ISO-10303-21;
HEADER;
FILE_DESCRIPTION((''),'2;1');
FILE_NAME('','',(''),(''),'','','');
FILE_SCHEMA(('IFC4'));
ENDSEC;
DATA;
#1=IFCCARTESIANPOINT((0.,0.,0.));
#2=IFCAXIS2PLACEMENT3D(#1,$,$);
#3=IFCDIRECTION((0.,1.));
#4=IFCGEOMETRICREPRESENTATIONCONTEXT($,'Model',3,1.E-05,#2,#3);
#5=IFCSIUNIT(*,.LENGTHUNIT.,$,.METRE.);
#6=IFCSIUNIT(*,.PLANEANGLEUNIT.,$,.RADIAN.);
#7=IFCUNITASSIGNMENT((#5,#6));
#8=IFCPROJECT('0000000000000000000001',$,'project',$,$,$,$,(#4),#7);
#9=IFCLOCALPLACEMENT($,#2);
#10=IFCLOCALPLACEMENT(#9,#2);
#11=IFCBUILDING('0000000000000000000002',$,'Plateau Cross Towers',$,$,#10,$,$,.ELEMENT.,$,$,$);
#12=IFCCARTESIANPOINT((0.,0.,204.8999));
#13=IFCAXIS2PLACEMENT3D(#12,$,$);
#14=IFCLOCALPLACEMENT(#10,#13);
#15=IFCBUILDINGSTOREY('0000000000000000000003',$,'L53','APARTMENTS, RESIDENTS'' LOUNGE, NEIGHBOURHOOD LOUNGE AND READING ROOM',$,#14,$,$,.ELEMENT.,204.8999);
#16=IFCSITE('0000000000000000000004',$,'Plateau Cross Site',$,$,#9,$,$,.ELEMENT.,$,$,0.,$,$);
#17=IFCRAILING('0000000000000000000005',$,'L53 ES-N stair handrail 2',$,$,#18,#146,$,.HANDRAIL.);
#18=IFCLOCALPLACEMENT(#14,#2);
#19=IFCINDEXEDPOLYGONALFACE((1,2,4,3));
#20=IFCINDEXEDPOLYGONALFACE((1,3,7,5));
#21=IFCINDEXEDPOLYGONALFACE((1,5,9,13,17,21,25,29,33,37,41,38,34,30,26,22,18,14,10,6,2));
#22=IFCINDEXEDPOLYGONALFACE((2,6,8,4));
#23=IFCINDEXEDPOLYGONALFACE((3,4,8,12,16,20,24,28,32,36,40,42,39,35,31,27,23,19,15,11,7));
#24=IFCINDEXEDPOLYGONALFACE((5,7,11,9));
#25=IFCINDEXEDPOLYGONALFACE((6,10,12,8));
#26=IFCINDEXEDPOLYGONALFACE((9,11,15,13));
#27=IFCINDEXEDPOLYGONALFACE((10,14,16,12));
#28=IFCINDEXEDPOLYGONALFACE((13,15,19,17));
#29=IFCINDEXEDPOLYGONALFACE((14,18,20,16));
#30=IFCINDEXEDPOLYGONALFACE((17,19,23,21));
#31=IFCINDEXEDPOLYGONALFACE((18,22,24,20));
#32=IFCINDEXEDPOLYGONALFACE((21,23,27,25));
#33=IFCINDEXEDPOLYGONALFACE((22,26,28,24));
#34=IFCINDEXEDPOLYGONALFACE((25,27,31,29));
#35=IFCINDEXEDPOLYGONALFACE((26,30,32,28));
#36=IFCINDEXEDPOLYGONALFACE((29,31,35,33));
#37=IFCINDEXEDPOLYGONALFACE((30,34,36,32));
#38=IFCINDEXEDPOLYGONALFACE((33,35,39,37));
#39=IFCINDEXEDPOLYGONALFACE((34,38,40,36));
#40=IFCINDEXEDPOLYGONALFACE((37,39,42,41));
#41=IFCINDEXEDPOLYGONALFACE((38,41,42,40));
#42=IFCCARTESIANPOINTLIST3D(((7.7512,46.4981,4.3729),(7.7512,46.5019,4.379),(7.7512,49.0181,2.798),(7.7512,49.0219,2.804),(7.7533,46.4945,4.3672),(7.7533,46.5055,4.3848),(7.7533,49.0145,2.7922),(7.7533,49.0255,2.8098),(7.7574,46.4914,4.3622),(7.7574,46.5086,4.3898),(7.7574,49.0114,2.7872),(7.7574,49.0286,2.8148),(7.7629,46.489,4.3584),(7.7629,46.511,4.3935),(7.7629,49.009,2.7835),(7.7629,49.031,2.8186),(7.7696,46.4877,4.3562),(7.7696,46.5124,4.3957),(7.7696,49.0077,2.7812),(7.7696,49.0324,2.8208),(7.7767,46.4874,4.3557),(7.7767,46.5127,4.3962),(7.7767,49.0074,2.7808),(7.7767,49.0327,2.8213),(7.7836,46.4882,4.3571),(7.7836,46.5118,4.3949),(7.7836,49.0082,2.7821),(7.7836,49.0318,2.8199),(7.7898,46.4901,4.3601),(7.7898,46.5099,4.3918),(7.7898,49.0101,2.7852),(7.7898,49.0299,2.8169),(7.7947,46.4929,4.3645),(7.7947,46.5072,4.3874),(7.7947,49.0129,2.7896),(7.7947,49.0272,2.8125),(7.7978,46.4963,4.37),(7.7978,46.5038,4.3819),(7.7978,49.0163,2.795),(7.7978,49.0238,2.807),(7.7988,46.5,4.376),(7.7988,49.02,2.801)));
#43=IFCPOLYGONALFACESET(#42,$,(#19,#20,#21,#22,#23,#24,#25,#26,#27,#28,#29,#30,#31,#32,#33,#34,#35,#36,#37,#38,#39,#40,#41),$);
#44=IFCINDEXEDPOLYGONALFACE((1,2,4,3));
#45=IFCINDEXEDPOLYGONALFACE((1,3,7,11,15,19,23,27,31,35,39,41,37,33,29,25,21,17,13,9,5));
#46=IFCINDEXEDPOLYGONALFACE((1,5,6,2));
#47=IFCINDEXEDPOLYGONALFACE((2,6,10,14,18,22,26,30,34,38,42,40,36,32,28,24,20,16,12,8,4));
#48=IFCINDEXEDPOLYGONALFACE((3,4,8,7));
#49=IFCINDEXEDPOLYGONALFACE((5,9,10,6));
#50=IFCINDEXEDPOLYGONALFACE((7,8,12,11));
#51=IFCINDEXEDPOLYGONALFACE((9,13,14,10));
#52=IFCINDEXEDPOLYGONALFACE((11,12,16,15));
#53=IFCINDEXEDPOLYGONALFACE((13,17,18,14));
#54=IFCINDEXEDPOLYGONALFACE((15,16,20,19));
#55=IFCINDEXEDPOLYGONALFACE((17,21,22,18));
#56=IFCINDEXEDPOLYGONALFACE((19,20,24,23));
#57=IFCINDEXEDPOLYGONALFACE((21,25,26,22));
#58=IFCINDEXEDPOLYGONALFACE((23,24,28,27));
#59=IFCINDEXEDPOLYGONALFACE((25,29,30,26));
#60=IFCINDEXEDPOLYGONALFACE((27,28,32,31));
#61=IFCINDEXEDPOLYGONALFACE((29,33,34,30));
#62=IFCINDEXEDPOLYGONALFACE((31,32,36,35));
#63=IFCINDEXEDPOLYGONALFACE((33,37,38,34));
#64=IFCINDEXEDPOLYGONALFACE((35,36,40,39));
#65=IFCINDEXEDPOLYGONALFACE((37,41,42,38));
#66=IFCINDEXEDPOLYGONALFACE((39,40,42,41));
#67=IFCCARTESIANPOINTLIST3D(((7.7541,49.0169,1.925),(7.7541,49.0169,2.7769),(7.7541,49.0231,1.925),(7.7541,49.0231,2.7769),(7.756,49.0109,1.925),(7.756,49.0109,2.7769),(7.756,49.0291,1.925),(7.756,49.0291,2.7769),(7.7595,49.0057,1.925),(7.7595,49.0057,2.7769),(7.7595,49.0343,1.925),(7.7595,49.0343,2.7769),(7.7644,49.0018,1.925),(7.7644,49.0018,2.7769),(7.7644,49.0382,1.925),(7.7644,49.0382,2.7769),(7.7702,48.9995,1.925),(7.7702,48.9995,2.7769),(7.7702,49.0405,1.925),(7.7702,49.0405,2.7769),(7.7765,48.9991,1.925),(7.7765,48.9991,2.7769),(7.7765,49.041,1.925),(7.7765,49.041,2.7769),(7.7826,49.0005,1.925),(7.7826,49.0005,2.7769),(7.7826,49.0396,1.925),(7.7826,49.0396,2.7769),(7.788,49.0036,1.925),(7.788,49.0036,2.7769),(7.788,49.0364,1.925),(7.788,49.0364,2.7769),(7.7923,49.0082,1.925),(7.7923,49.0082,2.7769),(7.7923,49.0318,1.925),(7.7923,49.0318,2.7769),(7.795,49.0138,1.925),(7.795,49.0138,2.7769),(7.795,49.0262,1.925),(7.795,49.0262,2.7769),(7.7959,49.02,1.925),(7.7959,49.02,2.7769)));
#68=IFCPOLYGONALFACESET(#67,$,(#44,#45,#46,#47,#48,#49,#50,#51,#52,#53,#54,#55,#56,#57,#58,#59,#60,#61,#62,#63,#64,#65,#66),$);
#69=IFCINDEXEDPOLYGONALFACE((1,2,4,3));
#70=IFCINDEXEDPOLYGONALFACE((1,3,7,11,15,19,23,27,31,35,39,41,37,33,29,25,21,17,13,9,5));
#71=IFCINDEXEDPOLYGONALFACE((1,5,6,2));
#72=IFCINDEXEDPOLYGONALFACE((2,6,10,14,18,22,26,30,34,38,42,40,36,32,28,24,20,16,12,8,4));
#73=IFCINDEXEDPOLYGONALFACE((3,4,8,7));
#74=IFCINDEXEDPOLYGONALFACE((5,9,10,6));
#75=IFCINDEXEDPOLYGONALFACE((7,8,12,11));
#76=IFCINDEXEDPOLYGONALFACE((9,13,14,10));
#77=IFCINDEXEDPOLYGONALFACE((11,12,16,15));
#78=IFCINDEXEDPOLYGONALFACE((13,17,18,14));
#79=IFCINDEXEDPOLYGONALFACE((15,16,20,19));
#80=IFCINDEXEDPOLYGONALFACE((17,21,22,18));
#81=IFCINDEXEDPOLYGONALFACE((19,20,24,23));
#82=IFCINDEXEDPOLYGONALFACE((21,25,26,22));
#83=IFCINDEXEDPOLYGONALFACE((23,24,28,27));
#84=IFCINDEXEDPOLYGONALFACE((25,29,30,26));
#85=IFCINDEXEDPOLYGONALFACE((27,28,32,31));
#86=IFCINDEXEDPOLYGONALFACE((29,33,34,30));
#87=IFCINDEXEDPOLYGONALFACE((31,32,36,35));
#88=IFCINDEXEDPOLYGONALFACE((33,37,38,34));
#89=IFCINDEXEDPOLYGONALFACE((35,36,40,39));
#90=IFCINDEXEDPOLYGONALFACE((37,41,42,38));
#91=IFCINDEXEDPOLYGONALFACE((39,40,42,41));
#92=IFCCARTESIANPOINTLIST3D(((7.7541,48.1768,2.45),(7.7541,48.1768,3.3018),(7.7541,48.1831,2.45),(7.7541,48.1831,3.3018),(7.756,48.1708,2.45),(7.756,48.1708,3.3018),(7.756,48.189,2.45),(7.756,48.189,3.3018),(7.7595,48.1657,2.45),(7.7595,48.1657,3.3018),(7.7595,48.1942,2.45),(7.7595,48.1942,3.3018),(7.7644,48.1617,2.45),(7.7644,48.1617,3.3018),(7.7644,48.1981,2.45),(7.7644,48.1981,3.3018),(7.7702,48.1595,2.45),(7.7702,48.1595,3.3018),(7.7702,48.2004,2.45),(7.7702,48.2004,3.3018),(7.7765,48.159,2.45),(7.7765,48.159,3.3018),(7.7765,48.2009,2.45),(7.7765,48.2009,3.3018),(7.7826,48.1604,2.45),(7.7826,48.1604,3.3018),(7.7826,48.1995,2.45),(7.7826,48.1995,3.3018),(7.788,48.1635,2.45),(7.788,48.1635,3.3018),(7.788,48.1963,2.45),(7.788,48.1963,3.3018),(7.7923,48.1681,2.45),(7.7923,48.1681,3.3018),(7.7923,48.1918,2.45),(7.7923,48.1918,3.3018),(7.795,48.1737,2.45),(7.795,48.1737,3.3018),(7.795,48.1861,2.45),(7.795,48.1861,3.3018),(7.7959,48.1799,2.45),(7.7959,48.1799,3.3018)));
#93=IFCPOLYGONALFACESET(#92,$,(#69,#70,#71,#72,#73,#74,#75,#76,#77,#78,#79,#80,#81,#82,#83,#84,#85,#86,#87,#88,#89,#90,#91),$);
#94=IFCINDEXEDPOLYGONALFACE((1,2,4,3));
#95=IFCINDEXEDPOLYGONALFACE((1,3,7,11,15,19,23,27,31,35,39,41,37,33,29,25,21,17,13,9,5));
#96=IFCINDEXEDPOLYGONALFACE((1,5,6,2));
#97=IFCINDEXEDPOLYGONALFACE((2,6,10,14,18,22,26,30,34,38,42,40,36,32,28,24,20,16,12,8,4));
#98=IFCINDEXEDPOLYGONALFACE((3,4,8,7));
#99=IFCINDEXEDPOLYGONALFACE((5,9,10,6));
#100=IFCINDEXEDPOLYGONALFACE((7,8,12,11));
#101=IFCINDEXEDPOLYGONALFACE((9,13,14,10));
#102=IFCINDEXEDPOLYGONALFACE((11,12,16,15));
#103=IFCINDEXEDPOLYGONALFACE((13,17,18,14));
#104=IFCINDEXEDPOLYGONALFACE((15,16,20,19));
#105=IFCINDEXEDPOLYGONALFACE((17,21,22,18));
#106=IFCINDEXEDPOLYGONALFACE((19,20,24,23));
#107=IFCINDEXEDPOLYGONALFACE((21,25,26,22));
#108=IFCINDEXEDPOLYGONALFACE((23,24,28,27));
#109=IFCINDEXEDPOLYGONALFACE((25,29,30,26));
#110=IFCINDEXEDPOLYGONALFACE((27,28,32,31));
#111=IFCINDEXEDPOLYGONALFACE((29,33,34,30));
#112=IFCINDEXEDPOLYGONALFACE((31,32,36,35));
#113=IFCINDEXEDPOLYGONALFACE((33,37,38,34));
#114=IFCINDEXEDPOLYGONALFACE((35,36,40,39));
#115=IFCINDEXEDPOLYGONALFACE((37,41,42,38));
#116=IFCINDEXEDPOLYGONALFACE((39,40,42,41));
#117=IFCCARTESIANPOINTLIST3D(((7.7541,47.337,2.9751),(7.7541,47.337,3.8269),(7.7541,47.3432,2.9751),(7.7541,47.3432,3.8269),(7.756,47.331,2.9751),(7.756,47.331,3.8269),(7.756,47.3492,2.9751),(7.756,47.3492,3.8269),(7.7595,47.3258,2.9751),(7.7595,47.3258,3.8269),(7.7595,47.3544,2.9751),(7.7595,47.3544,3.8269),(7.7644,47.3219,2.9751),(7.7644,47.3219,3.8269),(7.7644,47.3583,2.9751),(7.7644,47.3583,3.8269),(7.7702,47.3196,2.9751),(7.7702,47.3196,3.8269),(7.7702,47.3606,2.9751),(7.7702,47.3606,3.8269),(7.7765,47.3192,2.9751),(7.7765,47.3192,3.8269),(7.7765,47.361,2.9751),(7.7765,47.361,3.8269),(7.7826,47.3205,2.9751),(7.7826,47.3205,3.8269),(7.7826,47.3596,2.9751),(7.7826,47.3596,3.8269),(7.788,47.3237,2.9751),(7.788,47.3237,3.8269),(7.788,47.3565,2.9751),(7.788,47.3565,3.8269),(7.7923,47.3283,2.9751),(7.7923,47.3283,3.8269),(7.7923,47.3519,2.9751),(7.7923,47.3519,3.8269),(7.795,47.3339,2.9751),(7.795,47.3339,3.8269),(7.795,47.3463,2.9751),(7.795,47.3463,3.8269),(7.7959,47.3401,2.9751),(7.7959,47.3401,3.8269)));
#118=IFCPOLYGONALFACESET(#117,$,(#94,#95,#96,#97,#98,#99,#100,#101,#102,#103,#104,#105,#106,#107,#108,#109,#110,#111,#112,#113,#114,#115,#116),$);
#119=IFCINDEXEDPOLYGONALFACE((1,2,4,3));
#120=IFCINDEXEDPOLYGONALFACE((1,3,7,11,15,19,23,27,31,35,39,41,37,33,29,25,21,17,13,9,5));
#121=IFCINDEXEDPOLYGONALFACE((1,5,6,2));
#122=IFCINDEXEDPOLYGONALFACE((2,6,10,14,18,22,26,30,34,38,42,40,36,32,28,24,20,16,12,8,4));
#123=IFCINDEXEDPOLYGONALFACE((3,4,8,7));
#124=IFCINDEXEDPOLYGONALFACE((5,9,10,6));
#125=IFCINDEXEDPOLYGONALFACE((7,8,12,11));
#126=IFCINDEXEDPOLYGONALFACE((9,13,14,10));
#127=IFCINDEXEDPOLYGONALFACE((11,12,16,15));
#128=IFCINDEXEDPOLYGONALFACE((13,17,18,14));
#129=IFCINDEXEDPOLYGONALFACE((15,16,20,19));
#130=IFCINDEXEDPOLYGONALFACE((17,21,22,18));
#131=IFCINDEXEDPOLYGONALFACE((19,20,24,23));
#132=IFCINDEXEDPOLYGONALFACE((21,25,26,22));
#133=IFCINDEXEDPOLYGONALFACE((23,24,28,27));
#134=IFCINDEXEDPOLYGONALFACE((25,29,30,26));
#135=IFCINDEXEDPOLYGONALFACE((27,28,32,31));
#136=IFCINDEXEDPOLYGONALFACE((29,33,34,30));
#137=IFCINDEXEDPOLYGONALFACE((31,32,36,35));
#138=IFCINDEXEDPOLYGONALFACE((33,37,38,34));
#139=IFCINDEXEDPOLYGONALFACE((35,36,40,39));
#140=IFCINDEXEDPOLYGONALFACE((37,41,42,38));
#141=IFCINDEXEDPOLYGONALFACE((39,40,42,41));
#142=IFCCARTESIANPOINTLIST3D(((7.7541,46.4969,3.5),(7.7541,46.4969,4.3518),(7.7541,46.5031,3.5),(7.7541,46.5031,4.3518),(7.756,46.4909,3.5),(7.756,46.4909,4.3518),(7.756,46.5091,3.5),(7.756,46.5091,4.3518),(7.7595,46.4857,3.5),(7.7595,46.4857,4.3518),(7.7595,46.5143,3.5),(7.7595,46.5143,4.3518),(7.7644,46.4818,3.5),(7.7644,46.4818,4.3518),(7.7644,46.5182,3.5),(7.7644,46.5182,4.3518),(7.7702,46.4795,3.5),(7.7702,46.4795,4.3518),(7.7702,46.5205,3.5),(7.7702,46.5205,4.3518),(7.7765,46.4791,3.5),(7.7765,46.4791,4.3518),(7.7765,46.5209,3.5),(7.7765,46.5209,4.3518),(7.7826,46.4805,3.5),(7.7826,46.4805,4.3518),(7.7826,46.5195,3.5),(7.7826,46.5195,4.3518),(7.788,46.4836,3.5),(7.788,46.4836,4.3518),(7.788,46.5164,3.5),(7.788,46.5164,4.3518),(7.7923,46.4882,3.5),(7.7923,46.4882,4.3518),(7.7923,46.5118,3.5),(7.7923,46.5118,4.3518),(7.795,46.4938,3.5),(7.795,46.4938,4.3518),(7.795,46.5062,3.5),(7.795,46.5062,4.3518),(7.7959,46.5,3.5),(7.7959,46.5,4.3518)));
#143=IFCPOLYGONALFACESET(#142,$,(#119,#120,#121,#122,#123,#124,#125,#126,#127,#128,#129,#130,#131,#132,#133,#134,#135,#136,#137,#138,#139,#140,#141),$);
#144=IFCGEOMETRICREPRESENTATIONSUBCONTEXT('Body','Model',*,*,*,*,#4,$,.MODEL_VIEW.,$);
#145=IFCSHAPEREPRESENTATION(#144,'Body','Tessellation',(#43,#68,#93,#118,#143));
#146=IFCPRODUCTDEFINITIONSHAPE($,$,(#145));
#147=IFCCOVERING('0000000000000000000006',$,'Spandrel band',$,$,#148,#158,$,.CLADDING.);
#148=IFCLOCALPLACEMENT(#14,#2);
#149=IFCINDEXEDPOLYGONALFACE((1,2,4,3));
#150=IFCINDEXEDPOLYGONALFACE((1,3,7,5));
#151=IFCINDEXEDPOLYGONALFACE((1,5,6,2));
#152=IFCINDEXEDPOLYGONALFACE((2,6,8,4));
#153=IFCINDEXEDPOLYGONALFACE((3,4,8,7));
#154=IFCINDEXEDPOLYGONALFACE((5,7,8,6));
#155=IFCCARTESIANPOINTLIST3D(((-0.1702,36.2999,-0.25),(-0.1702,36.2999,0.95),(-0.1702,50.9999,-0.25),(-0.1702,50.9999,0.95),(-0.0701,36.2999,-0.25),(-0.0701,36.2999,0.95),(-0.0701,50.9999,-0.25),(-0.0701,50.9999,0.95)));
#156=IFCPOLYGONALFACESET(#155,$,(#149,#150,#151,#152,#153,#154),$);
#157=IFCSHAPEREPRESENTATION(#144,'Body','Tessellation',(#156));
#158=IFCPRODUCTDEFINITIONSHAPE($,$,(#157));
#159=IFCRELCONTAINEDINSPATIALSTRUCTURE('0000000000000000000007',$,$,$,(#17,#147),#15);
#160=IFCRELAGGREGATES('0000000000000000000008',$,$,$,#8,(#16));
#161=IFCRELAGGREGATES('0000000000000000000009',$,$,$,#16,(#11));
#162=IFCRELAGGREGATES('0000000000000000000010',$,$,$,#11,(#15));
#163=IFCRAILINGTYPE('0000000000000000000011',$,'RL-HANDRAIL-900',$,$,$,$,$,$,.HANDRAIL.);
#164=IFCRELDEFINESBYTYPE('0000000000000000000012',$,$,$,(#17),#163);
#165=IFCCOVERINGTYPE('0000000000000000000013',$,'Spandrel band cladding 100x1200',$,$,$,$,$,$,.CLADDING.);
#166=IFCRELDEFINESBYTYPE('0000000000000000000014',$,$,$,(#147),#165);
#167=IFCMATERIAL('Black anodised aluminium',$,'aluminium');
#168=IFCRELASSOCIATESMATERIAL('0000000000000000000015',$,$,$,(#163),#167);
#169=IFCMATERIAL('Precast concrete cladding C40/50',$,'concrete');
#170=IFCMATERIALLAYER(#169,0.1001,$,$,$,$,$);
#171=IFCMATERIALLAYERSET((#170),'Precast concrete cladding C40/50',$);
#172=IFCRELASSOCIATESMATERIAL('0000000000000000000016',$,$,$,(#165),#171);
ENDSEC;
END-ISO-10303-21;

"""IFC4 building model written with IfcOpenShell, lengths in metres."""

from ifc_helpers import new_model, si_unit, direction, frame, origin, origin_2d, place, context, subcontext, project, spatial, rectangle, circle, extrude, material, layer, layer_set, type_object, element, save


model = new_model("IFC4")

# Units and contexts
model_context = context("Model", 3, precision=1e-05, world=origin(), true_north=direction((0.0, 1.0)))
body_context = subcontext(model_context, "Body", "Model", "MODEL_VIEW")
ifc_project = project(units=[si_unit("LENGTHUNIT", "METRE"), si_unit("PLANEANGLEUNIT", "RADIAN")], contexts=[model_context])

# Site, building, storey
site_placement = place(None, origin())
site = spatial("IfcSite", under=ifc_project, at=site_placement, Name="Plateau Cross Site", CompositionType="ELEMENT", RefElevation=0.0)
building_placement = place(site_placement, origin())
building = spatial("IfcBuilding", under=site, at=building_placement, Name="Plateau Cross Towers", CompositionType="ELEMENT")
storey_placement = place(building_placement, frame((0.0, 0.0, 204.8999)))
storey = spatial("IfcBuildingStorey", under=building, at=storey_placement, Name="L53", Description="APARTMENTS, RESIDENTS' LOUNGE, NEIGHBOURHOOD LOUNGE AND READING ROOM", CompositionType="ELEMENT", Elevation=204.8999)

# Shared definitions
ifc_material_1 = material(Name="Black anodised aluminium", Category="aluminium")

# Railing
railing_type_1 = type_object("IfcRailingType", Name="RL-HANDRAIL-900", PredefinedType="HANDRAIL", material=ifc_material_1)
railing_1_placement = place(storey_placement, frame((7.7749, 49.02, 1.925)))
element("IfcRailing", 1, at=railing_1_placement, inside=storey, type_object=railing_type_1, Name="L53 ES-N stair handrail 2", PredefinedType="HANDRAIL", context=body_context, shape_type="SweptSolid", body=[
    extrude(circle(Radius=0.0239, at=origin_2d()), frame((0.0, 0.0, 0.876), z_axis=(0.0, -0.848008, 0.529984), x_axis=(1.0, 0.0, 0.0)), (0.0, 0.0, 1.0), 2.9717),
    extrude(circle(Radius=0.021, at=origin_2d()), origin(), (0.0, 0.0, 1.0), 0.8518),
    extrude(circle(Radius=0.021, at=origin_2d()), frame((0.0, -0.8401, 0.5249)), (0.0, 0.0, 1.0), 0.8518),
    extrude(circle(Radius=0.021, at=origin_2d()), frame((0.0, -1.6799, 1.05)), (0.0, 0.0, 1.0), 0.8518),
    extrude(circle(Radius=0.021, at=origin_2d()), frame((0.0, -2.52, 1.575)), (0.0, 0.0, 1.0), 0.8518),
])

# Covering
ifc_material_2 = material(Name="Precast concrete cladding C40/50", Category="concrete")
ifc_layer_1 = layer(ifc_material_2, 0.1001)
ifc_layer_set_1 = layer_set([ifc_layer_1], Name="Precast concrete cladding C40/50")
covering_type = type_object("IfcCoveringType", Name="Spandrel band cladding 100x1200", PredefinedType="CLADDING", material=ifc_layer_set_1)
covering_placement = place(storey_placement, frame((-0.1201, 43.6499, -0.25), z_axis=(0.0, 0.0, 1.0), x_axis=(0.0, -1.0, 0.0)))
element("IfcCovering", 2, at=covering_placement, inside=storey, type_object=covering_type, Name="Spandrel band", PredefinedType="CLADDING", context=body_context, shape_type="SweptSolid", body=[
    extrude(rectangle(XDim=14.7, YDim=0.1001, at=origin_2d()), origin(), (0.0, 0.0, 1.0), 1.2),
])

save(model, "model.ifc")
